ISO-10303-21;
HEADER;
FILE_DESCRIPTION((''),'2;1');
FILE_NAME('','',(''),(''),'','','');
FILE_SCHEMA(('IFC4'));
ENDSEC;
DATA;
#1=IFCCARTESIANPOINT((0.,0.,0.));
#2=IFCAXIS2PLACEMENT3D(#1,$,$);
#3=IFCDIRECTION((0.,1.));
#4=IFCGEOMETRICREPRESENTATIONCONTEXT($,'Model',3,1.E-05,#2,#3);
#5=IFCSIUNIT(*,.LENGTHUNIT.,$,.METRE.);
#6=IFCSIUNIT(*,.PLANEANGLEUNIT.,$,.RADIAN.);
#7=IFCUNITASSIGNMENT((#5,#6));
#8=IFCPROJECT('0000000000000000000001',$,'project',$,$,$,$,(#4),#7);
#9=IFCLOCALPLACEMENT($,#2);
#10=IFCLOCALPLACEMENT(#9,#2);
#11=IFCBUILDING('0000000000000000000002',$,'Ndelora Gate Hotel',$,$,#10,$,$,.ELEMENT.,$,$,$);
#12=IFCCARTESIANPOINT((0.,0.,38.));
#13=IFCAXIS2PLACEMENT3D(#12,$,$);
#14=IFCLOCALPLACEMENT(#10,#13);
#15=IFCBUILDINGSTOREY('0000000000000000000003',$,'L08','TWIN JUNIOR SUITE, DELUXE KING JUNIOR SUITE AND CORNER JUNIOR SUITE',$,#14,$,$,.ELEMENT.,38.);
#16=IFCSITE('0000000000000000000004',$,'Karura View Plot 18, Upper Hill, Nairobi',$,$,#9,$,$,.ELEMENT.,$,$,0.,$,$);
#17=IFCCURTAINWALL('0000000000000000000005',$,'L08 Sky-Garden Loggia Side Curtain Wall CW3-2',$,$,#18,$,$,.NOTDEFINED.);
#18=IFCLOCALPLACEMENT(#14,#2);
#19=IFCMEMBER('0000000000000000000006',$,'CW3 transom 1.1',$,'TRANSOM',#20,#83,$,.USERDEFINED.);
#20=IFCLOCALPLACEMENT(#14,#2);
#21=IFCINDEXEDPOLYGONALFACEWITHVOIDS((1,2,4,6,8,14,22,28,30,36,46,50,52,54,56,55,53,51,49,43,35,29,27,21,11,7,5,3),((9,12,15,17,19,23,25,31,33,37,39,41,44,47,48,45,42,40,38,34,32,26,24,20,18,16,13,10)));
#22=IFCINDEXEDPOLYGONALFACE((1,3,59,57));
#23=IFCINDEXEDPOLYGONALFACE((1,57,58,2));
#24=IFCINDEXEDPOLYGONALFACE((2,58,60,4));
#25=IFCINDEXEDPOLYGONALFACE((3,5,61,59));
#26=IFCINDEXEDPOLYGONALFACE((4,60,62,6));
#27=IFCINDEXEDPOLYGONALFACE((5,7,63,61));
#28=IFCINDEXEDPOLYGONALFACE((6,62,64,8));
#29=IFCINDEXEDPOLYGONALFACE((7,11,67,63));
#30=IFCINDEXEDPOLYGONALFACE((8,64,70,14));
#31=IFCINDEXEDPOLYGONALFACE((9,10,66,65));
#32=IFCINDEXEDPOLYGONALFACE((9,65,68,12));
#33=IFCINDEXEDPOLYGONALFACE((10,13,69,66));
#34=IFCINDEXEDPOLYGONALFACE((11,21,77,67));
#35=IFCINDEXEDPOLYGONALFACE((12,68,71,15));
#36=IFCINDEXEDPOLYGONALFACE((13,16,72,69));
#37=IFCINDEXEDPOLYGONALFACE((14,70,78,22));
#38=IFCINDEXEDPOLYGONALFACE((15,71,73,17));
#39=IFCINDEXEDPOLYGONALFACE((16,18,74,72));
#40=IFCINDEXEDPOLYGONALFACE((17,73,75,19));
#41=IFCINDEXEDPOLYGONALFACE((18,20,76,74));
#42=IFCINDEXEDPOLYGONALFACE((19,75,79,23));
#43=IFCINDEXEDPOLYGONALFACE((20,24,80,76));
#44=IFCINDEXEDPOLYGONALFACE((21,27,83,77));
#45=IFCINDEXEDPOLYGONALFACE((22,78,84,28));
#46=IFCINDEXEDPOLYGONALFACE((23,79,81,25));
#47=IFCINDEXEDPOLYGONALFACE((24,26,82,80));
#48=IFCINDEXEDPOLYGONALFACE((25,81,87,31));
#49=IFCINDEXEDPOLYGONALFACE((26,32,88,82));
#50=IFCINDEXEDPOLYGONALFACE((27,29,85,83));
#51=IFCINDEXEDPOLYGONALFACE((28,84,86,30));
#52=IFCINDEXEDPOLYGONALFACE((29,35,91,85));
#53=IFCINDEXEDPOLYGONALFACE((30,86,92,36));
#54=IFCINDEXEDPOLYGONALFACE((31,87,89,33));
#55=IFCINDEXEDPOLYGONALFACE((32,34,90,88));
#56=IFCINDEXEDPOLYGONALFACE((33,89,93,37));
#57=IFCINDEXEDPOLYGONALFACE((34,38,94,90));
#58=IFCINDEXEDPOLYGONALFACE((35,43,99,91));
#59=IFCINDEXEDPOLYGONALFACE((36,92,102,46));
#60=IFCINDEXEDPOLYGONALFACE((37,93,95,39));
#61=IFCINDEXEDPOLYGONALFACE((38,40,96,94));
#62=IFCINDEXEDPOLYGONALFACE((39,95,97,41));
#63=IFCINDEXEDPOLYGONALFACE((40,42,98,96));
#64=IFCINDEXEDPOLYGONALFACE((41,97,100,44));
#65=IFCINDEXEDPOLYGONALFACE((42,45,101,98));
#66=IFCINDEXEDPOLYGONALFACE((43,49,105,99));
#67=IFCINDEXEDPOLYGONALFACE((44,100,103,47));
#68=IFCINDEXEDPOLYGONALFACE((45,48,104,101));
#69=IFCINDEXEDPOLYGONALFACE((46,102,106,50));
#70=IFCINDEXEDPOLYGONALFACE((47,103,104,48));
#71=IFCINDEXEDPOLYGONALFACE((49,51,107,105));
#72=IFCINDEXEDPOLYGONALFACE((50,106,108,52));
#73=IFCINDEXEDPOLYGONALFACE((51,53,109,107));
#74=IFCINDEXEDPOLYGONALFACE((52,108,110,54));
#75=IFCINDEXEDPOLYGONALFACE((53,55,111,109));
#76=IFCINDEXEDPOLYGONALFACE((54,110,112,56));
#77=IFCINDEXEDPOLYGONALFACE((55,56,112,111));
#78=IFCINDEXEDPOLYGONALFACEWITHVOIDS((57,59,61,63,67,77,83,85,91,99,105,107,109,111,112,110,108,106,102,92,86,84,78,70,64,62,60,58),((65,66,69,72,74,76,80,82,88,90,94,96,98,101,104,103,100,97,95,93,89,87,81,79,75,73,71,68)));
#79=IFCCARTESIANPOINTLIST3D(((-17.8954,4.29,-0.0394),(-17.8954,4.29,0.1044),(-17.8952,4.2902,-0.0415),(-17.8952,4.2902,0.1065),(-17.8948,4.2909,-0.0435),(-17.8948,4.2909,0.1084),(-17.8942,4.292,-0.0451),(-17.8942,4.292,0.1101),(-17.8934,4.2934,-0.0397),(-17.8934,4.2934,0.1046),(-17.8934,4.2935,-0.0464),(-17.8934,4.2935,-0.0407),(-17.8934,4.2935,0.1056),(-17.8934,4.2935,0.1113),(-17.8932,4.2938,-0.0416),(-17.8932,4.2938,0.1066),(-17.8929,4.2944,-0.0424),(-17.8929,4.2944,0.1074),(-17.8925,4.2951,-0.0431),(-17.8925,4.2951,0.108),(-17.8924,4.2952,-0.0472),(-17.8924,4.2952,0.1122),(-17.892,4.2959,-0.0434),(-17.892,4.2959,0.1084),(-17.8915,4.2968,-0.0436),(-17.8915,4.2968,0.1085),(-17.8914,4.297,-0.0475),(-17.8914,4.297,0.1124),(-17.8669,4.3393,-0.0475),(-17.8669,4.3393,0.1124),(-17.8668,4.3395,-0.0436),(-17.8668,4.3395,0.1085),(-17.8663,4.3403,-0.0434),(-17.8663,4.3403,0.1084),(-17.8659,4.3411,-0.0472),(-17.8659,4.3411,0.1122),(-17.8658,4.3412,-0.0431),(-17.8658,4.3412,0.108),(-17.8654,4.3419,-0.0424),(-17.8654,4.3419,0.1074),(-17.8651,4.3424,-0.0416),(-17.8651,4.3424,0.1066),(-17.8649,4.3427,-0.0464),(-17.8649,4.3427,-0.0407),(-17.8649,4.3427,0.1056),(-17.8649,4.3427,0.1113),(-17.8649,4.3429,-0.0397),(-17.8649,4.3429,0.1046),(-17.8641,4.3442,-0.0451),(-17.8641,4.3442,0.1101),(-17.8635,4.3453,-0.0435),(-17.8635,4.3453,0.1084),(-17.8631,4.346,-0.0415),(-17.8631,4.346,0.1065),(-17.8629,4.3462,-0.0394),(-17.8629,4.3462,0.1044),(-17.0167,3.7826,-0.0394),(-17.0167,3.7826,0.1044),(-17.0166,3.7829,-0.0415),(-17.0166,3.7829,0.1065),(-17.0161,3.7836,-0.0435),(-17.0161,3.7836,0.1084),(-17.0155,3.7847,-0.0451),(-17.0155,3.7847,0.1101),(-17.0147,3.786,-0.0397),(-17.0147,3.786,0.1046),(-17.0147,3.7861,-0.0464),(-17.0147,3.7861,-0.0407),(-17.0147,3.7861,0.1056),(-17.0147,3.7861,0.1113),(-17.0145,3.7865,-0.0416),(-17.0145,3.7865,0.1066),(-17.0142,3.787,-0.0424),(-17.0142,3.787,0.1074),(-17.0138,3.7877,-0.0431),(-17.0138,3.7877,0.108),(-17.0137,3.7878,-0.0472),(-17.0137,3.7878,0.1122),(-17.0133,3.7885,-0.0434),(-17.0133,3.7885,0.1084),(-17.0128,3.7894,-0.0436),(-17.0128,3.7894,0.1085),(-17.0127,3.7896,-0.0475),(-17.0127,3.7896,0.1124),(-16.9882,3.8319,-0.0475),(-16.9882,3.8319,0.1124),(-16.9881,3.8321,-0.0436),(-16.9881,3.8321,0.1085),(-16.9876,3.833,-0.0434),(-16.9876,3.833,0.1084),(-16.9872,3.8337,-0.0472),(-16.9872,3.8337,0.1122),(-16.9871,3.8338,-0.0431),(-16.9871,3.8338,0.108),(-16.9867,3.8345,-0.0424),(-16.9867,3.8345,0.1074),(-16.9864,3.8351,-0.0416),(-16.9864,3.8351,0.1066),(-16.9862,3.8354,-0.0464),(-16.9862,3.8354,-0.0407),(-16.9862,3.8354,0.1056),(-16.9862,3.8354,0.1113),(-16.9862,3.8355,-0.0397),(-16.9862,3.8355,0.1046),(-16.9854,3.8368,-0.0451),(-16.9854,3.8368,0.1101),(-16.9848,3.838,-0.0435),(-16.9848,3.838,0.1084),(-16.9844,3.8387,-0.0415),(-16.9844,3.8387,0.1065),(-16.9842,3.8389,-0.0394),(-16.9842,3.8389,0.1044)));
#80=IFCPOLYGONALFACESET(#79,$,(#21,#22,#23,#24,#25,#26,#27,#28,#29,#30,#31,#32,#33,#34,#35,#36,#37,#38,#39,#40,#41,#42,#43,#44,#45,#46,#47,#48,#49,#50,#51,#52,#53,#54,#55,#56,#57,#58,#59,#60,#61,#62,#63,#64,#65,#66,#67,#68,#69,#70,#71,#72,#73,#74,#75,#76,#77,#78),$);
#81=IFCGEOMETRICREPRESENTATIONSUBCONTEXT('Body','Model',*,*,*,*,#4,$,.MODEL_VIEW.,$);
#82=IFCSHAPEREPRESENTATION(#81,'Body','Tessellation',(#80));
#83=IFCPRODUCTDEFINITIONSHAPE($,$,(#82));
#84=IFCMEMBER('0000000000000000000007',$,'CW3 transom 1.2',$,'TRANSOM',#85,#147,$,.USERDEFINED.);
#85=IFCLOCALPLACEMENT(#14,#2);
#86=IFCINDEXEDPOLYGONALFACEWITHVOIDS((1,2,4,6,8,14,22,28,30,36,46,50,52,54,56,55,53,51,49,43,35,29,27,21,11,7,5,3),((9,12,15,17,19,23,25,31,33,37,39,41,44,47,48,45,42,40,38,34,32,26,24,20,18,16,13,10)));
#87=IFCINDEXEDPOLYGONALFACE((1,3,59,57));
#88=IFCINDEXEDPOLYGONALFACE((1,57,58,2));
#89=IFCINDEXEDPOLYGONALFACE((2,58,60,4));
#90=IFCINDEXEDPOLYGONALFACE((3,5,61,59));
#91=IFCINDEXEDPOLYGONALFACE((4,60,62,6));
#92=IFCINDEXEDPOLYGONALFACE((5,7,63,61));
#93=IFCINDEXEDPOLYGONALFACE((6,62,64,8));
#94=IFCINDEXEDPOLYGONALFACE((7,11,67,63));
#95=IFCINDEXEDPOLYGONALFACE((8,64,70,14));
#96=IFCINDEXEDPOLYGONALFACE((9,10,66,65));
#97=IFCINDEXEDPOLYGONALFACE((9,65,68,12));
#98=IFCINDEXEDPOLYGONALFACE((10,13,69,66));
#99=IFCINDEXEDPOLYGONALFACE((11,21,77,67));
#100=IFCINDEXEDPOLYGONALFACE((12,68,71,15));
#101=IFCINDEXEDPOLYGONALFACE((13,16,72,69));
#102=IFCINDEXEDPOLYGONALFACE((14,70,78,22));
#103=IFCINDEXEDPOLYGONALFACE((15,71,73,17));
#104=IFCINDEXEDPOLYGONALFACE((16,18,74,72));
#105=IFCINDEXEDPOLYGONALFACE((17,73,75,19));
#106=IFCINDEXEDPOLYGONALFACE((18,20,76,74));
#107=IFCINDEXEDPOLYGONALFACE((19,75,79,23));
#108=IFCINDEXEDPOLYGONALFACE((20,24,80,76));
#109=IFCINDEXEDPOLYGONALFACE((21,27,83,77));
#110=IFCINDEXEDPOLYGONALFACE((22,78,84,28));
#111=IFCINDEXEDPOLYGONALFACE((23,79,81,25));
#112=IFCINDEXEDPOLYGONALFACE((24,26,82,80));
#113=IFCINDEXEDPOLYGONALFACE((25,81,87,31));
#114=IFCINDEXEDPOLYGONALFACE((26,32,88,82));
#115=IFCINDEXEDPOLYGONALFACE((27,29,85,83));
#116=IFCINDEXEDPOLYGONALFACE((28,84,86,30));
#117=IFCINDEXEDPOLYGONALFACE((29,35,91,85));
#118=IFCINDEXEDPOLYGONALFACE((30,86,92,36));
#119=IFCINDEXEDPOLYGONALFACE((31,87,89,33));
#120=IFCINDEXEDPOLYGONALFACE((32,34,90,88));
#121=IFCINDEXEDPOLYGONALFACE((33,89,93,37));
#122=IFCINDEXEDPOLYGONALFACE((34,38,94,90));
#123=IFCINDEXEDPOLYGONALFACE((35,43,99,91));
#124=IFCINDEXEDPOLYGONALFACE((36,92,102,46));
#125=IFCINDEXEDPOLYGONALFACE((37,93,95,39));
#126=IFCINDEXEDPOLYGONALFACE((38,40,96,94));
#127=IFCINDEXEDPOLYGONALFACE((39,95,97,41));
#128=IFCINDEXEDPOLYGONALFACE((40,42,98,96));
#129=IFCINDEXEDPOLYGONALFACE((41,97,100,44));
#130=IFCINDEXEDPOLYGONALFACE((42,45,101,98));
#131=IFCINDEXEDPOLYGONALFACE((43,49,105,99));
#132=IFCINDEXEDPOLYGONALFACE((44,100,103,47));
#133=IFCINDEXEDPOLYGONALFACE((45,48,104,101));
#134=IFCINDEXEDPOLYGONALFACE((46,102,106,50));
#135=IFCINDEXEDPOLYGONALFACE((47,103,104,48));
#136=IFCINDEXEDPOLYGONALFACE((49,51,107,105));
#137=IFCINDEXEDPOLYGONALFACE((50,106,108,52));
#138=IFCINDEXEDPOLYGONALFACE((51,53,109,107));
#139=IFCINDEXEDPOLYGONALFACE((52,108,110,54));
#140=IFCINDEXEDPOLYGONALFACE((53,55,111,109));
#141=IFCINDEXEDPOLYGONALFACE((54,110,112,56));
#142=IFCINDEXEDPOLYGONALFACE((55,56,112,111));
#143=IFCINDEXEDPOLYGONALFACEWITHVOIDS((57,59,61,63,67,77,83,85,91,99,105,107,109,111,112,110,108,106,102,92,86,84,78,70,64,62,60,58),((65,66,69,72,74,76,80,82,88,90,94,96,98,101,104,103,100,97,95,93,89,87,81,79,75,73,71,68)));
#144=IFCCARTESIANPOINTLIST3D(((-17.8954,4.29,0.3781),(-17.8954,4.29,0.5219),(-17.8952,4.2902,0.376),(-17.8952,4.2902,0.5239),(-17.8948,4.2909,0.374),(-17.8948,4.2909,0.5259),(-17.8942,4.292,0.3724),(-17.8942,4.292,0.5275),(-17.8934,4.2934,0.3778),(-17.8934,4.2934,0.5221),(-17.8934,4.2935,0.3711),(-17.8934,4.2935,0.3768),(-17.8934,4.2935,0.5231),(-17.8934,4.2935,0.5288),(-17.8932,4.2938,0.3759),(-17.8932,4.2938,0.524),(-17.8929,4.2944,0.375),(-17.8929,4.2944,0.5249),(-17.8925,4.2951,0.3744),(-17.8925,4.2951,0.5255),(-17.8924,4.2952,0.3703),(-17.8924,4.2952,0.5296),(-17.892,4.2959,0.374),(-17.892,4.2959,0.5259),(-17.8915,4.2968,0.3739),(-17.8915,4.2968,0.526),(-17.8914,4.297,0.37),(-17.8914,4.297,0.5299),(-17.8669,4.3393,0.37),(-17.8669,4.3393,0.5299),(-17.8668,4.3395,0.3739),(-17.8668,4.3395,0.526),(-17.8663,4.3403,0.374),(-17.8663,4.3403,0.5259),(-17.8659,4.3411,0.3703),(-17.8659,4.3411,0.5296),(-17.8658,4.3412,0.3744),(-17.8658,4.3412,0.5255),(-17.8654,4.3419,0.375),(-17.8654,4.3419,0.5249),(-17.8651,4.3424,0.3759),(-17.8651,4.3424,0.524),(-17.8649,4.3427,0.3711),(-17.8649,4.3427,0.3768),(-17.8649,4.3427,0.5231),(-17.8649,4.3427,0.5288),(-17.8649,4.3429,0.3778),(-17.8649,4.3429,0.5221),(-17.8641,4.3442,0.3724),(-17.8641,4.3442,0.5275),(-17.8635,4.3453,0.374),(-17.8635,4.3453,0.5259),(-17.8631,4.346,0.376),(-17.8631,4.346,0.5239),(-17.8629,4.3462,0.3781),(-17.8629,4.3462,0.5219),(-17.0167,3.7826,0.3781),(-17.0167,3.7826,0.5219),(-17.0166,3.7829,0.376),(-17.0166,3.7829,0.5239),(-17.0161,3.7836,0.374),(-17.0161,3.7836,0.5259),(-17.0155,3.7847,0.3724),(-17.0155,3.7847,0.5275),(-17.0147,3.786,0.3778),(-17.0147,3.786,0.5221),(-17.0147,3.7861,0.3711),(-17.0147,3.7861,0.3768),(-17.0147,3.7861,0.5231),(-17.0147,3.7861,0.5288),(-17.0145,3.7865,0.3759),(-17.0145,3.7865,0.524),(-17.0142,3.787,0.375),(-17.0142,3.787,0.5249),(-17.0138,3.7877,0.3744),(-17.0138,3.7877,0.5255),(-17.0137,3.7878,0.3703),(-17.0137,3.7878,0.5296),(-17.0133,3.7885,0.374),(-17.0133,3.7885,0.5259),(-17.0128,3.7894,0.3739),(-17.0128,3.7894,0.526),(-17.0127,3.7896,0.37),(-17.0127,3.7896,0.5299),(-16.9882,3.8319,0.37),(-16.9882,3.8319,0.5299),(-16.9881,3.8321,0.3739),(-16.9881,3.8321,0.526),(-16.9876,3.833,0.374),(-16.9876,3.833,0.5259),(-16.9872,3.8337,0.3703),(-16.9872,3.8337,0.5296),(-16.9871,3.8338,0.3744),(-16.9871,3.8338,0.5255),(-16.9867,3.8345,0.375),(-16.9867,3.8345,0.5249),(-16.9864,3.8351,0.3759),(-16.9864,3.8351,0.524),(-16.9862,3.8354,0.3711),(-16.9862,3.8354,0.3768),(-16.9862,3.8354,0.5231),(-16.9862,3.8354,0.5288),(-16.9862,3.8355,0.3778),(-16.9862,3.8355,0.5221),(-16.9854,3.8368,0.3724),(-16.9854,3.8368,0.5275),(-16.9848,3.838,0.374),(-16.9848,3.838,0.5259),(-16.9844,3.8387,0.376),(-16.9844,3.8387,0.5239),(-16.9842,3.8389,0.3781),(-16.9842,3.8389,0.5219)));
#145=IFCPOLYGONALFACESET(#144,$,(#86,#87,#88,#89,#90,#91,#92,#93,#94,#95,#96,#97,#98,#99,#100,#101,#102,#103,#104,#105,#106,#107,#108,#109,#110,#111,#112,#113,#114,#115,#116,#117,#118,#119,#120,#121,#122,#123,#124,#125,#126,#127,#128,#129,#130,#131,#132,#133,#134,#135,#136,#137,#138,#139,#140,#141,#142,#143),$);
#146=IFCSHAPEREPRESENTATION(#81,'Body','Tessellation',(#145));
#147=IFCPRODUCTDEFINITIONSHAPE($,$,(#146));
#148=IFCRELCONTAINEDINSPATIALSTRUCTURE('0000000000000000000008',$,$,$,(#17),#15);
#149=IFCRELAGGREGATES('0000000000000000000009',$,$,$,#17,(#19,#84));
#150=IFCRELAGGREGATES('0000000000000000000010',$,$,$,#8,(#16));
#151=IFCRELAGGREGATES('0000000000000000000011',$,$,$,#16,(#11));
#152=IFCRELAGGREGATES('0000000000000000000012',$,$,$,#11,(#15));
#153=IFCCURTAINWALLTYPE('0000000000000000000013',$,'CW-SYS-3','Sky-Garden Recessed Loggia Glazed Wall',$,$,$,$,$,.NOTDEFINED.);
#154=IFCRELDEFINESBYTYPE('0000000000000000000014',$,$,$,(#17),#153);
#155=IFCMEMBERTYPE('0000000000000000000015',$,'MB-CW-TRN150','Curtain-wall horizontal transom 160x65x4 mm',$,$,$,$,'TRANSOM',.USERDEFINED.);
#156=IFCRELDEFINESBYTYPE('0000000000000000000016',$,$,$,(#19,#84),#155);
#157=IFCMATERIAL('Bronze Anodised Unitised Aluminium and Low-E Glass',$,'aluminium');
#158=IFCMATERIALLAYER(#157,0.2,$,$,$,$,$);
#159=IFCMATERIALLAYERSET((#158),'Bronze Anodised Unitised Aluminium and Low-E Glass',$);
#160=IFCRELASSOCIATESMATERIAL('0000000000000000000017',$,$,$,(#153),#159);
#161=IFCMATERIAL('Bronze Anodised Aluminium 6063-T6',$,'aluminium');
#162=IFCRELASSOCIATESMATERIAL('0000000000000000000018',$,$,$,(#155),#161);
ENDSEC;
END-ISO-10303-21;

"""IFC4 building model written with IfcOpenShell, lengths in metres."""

from ifc_helpers import new_model, si_unit, direction, frame, origin, origin_2d, place, context, subcontext, project, spatial, hollow_rectangle, extrude, material, layer, layer_set, material_profile, profile_set, type_object, element, aggregate, save


model = new_model("IFC4")

# Units and contexts
model_context = context("Model", 3, precision=1e-05, world=origin(), true_north=direction((0.0, 1.0)))
body_context = subcontext(model_context, "Body", "Model", "MODEL_VIEW")
ifc_project = project(units=[si_unit("LENGTHUNIT", "METRE"), si_unit("PLANEANGLEUNIT", "RADIAN")], contexts=[model_context])

# Site, building, storey
site_placement = place(None, origin())
site = spatial("IfcSite", under=ifc_project, at=site_placement, Name="Karura View Plot 18, Upper Hill, Nairobi", CompositionType="ELEMENT", RefElevation=0.0)
building_placement = place(site_placement, origin())
building = spatial("IfcBuilding", under=site, at=building_placement, Name="Ndelora Gate Hotel", CompositionType="ELEMENT")
storey_placement = place(building_placement, frame((0.0, 0.0, 38.0)))
storey = spatial("IfcBuildingStorey", under=building, at=storey_placement, Name="L08", Description="TWIN JUNIOR SUITE, DELUXE KING JUNIOR SUITE AND CORNER JUNIOR SUITE", CompositionType="ELEMENT", Elevation=38.0)

# Curtain wall, members
ifc_material_1 = material(Name="Bronze Anodised Unitised Aluminium and Low-E Glass", Category="aluminium")
ifc_layer_1 = layer(ifc_material_1, 0.2)
ifc_layer_set_1 = layer_set([ifc_layer_1], Name="Bronze Anodised Unitised Aluminium and Low-E Glass")
curtain_wall_type = type_object("IfcCurtainWallType", Name="CW-SYS-3", Description="Sky-Garden Recessed Loggia Glazed Wall", PredefinedType="NOTDEFINED", material=ifc_layer_set_1)
curtain_wall_placement = place(storey_placement, origin())
curtain_wall = element("IfcCurtainWall", 1, at=curtain_wall_placement, inside=storey, type_object=curtain_wall_type, Name="L08 Sky-Garden Loggia Side Curtain Wall CW3-2", PredefinedType="NOTDEFINED")
ifc_material_2 = material(Name="Bronze Anodised Aluminium 6063-T6", Category="aluminium")
ifc_material_profile_1 = material_profile(ifc_material_2, hollow_rectangle(XDim=0.0649, YDim=0.1599, WallThickness=0.0039, InnerFilletRadius=0.0039, OuterFilletRadius=0.0081, at=origin_2d()), Name="ALU 160x65x4")
ifc_profile_set_1 = profile_set([ifc_material_profile_1], Name="Bronze Anodised Aluminium 6063-T6")
member_type_1 = type_object("IfcMemberType", Name="MB-CW-TRN150", Description="Curtain-wall horizontal transom 160x65x4 mm", ElementType="TRANSOM", PredefinedType="USERDEFINED", material=ifc_profile_set_1)
member_1_placement = place(storey_placement, frame((-17.8792, 4.3181, 0.0325), z_axis=(0.866013, -0.500021, 0.0), x_axis=(0.500021, 0.866013, 0.0)))
member_1 = element("IfcMember", 2, at=member_1_placement, type_object=member_type_1, Name="CW3 transom 1.1", ObjectType="TRANSOM", PredefinedType="USERDEFINED", context=body_context, shape_type="SweptSolid", body=[
    extrude(hollow_rectangle(XDim=0.0649, YDim=0.1599, WallThickness=0.0039, InnerFilletRadius=0.0039, OuterFilletRadius=0.0081, at=origin_2d()), origin(), (0.0, 0.0, 1.0), 1.0146),
])
member_2_placement = place(storey_placement, frame((-17.8792, 4.3181, 0.45), z_axis=(0.866013, -0.500021, 0.0), x_axis=(0.500021, 0.866013, 0.0)))
member_2 = element("IfcMember", 3, at=member_2_placement, type_object=member_type_1, Name="CW3 transom 1.2", ObjectType="TRANSOM", PredefinedType="USERDEFINED", context=body_context, shape_type="SweptSolid", body=[
    extrude(hollow_rectangle(XDim=0.0649, YDim=0.1599, WallThickness=0.0039, InnerFilletRadius=0.0039, OuterFilletRadius=0.0081, at=origin_2d()), origin(), (0.0, 0.0, 1.0), 1.0146),
])
aggregate(curtain_wall, [member_1, member_2])

save(model, "model.ifc")
